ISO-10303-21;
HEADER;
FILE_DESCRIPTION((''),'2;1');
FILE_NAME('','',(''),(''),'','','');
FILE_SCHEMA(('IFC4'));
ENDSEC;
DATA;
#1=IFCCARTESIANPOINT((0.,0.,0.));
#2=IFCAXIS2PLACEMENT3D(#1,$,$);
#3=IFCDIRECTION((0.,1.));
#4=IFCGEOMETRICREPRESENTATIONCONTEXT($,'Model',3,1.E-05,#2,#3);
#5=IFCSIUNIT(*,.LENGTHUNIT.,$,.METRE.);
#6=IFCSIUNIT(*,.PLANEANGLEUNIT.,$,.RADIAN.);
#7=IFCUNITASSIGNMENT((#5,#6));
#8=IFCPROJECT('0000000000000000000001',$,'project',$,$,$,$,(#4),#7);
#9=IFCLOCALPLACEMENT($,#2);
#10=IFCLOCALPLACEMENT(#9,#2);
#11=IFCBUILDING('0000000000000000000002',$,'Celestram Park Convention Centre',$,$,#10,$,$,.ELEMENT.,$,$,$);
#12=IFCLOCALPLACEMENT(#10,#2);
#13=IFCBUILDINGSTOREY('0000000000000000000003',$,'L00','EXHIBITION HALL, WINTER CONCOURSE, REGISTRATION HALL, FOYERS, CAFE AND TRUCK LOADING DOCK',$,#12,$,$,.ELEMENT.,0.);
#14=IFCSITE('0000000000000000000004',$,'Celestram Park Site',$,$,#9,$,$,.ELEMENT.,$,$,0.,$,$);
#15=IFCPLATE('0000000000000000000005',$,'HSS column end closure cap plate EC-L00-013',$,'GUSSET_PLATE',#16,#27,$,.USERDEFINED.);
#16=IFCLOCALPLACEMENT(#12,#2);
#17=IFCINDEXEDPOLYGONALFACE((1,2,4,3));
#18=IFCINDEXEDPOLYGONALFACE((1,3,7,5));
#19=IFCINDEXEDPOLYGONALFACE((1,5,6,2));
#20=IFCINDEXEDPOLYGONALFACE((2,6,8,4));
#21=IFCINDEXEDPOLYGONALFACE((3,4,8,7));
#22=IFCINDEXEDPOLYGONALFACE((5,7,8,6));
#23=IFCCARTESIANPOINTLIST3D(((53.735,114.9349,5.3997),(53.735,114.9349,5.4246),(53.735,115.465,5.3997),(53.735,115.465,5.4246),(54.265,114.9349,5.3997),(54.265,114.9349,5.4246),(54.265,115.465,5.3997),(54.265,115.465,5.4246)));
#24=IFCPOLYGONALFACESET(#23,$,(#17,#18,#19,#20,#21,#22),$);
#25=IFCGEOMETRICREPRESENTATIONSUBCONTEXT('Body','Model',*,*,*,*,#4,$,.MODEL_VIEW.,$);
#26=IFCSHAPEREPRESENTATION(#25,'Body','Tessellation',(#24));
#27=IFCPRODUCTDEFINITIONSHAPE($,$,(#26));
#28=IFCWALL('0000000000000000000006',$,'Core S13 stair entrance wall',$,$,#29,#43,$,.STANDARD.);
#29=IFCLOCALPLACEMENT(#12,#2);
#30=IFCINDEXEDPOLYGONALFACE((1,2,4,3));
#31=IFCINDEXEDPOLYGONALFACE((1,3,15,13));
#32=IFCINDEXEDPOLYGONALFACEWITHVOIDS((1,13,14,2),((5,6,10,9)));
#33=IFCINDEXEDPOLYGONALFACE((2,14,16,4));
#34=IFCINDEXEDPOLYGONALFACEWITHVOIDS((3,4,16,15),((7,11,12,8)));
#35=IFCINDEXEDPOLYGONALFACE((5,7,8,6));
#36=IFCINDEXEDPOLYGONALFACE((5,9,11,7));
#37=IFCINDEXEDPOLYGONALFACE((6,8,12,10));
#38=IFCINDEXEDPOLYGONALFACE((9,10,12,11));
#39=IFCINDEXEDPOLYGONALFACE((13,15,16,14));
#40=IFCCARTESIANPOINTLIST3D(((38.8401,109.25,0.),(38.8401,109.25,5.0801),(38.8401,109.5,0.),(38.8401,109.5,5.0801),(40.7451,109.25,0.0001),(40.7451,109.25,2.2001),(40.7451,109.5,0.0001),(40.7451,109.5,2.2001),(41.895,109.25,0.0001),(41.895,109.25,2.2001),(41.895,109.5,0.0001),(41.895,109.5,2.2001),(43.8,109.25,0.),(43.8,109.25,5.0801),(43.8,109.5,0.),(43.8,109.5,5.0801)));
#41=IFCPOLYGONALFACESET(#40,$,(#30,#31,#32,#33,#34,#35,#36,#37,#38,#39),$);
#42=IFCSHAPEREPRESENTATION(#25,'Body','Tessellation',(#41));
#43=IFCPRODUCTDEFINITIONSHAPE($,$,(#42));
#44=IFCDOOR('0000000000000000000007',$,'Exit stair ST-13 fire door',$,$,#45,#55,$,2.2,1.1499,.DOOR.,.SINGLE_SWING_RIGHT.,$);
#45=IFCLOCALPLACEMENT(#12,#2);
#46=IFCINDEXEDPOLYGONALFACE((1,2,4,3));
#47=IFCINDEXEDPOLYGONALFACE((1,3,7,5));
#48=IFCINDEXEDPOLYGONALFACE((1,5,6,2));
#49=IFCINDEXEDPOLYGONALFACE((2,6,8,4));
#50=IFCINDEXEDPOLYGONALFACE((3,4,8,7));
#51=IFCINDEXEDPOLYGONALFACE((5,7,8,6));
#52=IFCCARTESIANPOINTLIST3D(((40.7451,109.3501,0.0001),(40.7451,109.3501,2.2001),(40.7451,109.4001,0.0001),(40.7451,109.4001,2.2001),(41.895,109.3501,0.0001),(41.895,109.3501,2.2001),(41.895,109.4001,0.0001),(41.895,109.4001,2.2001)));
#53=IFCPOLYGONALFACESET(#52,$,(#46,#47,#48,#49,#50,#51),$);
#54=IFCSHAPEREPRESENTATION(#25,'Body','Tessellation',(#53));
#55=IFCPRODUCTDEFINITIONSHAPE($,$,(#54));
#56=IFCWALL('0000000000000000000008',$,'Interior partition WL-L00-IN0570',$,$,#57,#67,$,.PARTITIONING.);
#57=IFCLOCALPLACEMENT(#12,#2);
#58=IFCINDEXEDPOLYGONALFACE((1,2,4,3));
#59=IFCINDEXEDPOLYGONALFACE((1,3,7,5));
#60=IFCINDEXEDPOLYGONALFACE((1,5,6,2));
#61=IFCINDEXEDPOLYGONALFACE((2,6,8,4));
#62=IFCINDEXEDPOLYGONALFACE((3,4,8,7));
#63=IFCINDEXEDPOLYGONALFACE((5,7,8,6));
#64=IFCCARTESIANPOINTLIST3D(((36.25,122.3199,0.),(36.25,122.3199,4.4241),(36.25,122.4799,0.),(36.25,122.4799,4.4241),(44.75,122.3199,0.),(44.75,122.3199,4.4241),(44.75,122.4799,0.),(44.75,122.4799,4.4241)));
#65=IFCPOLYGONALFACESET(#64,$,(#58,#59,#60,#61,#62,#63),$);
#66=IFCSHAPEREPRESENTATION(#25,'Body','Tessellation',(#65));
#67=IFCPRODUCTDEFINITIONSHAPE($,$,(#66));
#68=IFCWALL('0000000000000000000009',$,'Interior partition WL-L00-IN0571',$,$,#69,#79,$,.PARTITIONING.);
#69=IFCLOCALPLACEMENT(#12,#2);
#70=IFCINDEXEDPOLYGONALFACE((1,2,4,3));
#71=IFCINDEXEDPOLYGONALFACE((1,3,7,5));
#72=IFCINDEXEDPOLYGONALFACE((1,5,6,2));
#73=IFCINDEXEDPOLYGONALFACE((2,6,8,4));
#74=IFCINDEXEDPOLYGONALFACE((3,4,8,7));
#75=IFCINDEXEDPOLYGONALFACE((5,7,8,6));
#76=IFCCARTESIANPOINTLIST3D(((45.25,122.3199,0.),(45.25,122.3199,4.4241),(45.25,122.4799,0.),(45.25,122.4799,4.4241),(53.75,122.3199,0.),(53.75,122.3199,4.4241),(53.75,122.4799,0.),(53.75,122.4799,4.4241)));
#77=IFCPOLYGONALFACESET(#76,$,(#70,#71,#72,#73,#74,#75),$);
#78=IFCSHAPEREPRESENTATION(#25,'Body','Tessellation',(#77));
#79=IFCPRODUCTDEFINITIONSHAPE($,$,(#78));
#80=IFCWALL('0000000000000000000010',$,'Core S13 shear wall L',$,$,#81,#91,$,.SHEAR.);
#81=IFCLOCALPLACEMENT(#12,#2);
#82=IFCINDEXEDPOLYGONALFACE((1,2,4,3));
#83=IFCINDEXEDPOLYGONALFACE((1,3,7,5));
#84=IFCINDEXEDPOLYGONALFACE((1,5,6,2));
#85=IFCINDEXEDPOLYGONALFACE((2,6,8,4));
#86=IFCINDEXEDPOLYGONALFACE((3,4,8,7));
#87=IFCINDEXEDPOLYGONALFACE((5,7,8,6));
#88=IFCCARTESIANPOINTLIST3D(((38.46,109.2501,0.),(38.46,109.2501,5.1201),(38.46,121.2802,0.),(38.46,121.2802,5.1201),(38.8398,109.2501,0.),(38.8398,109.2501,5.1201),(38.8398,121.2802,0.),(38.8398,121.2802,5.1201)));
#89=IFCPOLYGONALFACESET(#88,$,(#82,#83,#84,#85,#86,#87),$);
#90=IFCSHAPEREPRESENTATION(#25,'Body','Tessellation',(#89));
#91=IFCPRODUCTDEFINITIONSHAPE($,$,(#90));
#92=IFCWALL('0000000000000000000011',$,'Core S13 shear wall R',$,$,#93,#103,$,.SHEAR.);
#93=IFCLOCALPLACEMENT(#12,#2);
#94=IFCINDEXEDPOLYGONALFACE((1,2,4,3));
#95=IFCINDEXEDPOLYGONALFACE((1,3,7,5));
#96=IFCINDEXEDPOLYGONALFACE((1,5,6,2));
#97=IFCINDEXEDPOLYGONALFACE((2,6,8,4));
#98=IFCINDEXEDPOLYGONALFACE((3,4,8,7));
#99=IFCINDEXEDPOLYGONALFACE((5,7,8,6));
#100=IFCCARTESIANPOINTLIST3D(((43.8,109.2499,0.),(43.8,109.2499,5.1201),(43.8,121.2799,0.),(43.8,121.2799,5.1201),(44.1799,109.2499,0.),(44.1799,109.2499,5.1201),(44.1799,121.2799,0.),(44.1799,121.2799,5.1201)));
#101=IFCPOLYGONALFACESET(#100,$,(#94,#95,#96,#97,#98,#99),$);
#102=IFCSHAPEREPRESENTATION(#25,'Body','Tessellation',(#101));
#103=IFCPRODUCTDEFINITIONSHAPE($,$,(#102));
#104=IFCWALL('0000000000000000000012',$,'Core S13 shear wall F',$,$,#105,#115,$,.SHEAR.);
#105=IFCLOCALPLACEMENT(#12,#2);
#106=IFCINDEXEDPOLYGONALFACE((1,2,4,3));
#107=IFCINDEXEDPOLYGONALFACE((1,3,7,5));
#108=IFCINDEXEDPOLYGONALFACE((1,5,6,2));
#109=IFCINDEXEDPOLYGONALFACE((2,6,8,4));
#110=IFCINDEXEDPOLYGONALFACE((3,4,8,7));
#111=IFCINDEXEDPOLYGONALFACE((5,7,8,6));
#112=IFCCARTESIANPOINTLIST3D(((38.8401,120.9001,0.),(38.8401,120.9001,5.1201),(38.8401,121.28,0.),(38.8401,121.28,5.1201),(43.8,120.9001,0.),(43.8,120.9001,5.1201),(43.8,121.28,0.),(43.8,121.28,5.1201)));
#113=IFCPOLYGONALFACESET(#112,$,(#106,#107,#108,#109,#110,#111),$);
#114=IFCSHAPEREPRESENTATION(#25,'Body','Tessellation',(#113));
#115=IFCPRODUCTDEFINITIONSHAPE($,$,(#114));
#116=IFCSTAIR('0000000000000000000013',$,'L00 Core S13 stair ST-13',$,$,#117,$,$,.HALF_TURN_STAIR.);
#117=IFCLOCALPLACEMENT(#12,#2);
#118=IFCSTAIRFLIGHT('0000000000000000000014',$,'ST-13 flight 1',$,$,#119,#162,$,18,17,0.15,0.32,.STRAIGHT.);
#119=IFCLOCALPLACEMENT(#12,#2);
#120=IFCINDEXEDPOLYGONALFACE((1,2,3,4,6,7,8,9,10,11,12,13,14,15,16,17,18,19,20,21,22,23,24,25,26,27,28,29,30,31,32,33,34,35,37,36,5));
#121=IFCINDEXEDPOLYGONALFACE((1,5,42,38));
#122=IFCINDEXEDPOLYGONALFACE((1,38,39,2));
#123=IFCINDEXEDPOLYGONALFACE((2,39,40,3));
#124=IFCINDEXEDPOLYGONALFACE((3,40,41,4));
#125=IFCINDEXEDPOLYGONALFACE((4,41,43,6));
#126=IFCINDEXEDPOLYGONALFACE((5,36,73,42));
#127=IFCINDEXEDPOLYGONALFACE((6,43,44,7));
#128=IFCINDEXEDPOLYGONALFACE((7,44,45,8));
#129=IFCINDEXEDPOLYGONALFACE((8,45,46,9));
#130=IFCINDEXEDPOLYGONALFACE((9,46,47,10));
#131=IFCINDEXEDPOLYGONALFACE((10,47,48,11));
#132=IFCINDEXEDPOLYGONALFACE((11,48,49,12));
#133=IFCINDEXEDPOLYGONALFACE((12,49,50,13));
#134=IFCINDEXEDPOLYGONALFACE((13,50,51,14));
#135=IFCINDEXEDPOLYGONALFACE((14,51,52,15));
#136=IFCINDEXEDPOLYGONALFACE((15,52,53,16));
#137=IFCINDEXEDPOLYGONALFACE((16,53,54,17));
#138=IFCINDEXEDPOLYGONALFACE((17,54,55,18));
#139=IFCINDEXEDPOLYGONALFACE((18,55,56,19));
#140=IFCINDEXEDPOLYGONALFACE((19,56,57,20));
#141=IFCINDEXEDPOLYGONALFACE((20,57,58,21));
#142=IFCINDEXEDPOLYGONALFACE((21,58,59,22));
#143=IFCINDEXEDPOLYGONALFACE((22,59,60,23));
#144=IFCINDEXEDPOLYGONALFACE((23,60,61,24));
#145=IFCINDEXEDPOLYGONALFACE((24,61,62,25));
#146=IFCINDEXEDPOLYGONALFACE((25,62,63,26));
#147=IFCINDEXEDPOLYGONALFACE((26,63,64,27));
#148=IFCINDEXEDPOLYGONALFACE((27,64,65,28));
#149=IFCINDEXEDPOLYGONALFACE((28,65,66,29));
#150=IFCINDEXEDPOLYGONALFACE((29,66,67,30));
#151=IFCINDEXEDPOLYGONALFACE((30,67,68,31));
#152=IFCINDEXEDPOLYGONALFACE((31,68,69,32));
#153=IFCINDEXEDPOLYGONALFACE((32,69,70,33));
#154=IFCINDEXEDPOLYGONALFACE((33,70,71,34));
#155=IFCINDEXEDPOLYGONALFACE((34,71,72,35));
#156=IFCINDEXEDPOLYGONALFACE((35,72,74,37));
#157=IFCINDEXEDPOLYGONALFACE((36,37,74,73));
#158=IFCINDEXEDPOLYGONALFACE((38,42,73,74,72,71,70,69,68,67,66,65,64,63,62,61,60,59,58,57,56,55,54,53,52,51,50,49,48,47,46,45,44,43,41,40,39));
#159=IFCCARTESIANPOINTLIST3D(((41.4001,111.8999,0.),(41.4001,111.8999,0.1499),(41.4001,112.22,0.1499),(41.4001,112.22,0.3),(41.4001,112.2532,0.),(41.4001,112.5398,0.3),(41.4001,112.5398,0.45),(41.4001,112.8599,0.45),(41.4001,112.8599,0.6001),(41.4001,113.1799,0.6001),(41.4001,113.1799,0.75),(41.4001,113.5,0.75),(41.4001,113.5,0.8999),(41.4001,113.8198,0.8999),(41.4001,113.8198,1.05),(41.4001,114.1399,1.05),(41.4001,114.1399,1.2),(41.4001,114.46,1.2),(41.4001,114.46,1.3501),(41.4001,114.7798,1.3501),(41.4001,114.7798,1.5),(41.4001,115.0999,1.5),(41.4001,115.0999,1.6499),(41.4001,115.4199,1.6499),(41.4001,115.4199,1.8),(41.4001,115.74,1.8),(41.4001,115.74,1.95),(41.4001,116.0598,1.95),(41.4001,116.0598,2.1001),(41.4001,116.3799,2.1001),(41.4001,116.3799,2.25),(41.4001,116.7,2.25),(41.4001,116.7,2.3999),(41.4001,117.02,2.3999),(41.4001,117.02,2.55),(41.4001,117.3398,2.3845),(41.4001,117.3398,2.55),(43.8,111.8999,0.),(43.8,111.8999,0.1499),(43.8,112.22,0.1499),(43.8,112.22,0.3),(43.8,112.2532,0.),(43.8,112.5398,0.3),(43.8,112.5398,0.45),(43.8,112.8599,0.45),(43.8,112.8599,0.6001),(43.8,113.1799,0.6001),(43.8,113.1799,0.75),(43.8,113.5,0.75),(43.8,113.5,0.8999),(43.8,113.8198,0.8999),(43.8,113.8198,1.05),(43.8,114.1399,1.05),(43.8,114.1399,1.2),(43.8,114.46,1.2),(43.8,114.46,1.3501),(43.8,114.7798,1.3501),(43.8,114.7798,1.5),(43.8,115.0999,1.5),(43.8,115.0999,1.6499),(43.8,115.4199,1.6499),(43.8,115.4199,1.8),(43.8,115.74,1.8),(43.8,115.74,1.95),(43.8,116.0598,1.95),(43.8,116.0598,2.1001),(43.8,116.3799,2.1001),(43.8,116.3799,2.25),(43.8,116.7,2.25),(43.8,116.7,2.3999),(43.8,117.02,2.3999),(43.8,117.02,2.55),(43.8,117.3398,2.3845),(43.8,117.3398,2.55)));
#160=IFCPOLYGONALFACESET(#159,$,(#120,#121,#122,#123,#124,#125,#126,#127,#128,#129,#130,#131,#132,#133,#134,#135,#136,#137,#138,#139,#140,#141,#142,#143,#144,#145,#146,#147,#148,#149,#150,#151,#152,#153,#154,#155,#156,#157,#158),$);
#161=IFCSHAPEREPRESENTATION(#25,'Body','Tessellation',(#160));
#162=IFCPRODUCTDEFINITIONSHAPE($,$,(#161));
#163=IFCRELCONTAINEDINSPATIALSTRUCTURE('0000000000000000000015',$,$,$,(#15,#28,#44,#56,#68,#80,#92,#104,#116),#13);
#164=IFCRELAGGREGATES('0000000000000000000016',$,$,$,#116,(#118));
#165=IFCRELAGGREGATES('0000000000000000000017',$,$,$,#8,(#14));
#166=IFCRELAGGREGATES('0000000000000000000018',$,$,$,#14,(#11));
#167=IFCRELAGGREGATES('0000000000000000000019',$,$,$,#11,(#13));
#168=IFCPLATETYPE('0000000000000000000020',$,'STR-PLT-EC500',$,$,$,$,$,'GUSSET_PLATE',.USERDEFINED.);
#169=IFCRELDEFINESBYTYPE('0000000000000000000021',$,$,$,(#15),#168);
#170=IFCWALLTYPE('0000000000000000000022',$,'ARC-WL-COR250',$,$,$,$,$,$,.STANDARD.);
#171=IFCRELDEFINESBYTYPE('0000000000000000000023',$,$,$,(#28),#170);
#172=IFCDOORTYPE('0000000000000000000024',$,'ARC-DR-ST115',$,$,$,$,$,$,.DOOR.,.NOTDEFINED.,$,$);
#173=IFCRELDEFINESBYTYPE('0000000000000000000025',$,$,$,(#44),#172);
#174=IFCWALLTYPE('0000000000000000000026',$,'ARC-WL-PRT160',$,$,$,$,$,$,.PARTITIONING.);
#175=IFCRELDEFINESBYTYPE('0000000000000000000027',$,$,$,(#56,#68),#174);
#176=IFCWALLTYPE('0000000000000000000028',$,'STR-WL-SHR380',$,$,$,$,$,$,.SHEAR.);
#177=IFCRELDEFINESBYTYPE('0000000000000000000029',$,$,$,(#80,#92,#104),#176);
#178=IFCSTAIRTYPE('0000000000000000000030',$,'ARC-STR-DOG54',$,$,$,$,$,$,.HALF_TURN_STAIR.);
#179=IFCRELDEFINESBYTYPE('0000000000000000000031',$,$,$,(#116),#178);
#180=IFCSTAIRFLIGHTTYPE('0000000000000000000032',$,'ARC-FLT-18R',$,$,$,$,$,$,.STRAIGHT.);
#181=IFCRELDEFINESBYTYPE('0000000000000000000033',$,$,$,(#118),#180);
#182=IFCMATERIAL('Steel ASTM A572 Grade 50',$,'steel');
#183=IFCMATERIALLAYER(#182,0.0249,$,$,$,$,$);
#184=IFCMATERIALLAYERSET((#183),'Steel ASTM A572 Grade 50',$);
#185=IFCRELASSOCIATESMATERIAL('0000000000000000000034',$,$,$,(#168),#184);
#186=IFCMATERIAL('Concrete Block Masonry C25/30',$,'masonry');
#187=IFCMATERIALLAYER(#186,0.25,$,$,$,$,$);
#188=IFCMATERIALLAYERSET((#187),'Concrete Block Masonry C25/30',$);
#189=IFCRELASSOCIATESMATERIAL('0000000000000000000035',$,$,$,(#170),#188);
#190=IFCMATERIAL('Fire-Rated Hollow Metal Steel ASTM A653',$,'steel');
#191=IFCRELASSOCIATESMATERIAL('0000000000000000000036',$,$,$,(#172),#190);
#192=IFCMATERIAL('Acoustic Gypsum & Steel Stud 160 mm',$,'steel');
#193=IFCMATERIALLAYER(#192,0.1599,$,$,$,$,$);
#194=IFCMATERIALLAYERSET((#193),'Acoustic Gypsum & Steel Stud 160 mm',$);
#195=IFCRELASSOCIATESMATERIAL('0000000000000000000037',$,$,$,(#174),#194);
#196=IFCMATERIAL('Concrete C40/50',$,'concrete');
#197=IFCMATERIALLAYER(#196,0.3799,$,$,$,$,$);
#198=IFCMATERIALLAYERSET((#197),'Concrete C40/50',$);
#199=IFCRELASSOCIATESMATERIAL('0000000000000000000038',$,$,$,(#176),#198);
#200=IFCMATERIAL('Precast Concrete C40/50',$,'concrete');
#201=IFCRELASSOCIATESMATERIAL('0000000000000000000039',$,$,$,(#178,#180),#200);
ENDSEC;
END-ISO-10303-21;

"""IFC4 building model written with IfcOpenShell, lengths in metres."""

from ifc_helpers import new_model, si_unit, direction, frame, frame_2d, origin, origin_2d, place, context, subcontext, project, spatial, polyline, rectangle, outline, extrude, material, layer, layer_set, type_object, element, fill, aggregate, save


model = new_model("IFC4")

# Units and contexts
model_context = context("Model", 3, precision=1e-05, world=origin(), true_north=direction((0.0, 1.0)))
body_context = subcontext(model_context, "Body", "Model", "MODEL_VIEW")
ifc_project = project(units=[si_unit("LENGTHUNIT", "METRE"), si_unit("PLANEANGLEUNIT", "RADIAN")], contexts=[model_context])

# Site, building, storey
site_placement = place(None, origin())
site = spatial("IfcSite", under=ifc_project, at=site_placement, Name="Celestram Park Site", CompositionType="ELEMENT", RefElevation=0.0)
building_placement = place(site_placement, origin())
building = spatial("IfcBuilding", under=site, at=building_placement, Name="Celestram Park Convention Centre", CompositionType="ELEMENT")
storey_placement = place(building_placement, origin())
storey = spatial("IfcBuildingStorey", under=building, at=storey_placement, Name="L00", Description="EXHIBITION HALL, WINTER CONCOURSE, REGISTRATION HALL, FOYERS, CAFE AND TRUCK LOADING DOCK", CompositionType="ELEMENT", Elevation=0.0)

# Plate
ifc_material_1 = material(Name="Steel ASTM A572 Grade 50", Category="steel")
ifc_layer_1 = layer(ifc_material_1, 0.0249)
ifc_layer_set_1 = layer_set([ifc_layer_1], Name="Steel ASTM A572 Grade 50")
plate_type = type_object("IfcPlateType", Name="STR-PLT-EC500", ElementType="GUSSET_PLATE", PredefinedType="USERDEFINED", material=ifc_layer_set_1)
plate_placement = place(storey_placement, frame((54.0, 115.2, 5.3997), z_axis=(0.0, 0.0, 1.0), x_axis=(1.0, 0.0, 0.0)))
element("IfcPlate", 1, at=plate_placement, inside=storey, type_object=plate_type, Name="HSS column end closure cap plate EC-L00-013", ObjectType="GUSSET_PLATE", PredefinedType="USERDEFINED", context=body_context, shape_type="SweptSolid", body=[
    extrude(rectangle(XDim=0.53, YDim=0.53, at=origin_2d()), origin(), (0.0, 0.0, 1.0), 0.0249),
])

# Wall, opening, door
ifc_material_2 = material(Name="Concrete Block Masonry C25/30", Category="masonry")
ifc_layer_2 = layer(ifc_material_2, 0.25)
ifc_layer_set_2 = layer_set([ifc_layer_2], Name="Concrete Block Masonry C25/30")
wall_type_1 = type_object("IfcWallType", Name="ARC-WL-COR250", PredefinedType="STANDARD", material=ifc_layer_set_2)
wall_1_placement = place(storey_placement, frame((43.8, 109.375, 0.0), z_axis=(0.0, 0.0, 1.0), x_axis=(-1.0, 0.0, 0.0)))
wall_1 = element("IfcWall", 2, at=wall_1_placement, inside=storey, type_object=wall_type_1, Name="Core S13 stair entrance wall", PredefinedType="STANDARD", context=body_context, shape_type="SweptSolid", body=[
    extrude(rectangle(XDim=4.96, YDim=0.25, at=frame_2d((2.48, 0.0))), origin(), (0.0, 0.0, 1.0), 5.0801),
])
opening_placement = place(wall_1_placement, frame((1.905, 0.0, 0.0)))
opening = element("IfcOpeningElement", 3, at=opening_placement, cuts=wall_1, PredefinedType="OPENING", context=body_context, shape_type="SweptSolid", body=[
    extrude(rectangle(XDim=1.1499, YDim=2.2, at=frame_2d((0.575, 1.1001))), frame((0.0, 0.135, 0.0), z_axis=(0.0, -1.0, 0.0), x_axis=(1.0, 0.0, 0.0)), (0.0, 0.0, 1.0), 0.27),
])
ifc_material_3 = material(Name="Fire-Rated Hollow Metal Steel ASTM A653", Category="steel")
door_type = type_object("IfcDoorType", Name="ARC-DR-ST115", OperationType="NOTDEFINED", PredefinedType="DOOR", material=ifc_material_3)
door_placement = place(opening_placement, origin())
door = element("IfcDoor", 4, at=door_placement, inside=storey, type_object=door_type, Name="Exit stair ST-13 fire door", OperationType="SINGLE_SWING_RIGHT", OverallHeight=2.2, OverallWidth=1.1499, PredefinedType="DOOR", context=body_context, shape_type="SweptSolid", body=[
    extrude(rectangle(XDim=1.1499, YDim=2.2, at=frame_2d((0.575, 1.1001))), frame((0.0, 0.0249, 0.0), z_axis=(0.0, -1.0, 0.0), x_axis=(1.0, 0.0, 0.0)), (0.0, 0.0, 1.0), 0.05),
])
fill(opening, door)

# Walls
ifc_material_4 = material(Name="Acoustic Gypsum & Steel Stud 160 mm", Category="steel")
ifc_layer_3 = layer(ifc_material_4, 0.1599)
ifc_layer_set_3 = layer_set([ifc_layer_3], Name="Acoustic Gypsum & Steel Stud 160 mm")
wall_type_2 = type_object("IfcWallType", Name="ARC-WL-PRT160", PredefinedType="PARTITIONING", material=ifc_layer_set_3)
for number, where, z_axis, x_axis, name in (
    (5, (36.25, 122.3999, 0.0), (0.0, 0.0, 1.0), (1.0, 0.0, 0.0), "Interior partition WL-L00-IN0570"),
    (6, (45.25, 122.3999, 0.0), (0.0, 0.0, 1.0), (1.0, 0.0, 0.0), "Interior partition WL-L00-IN0571"),
):
    element("IfcWall", number, at=place(storey_placement, frame(where, z_axis=z_axis, x_axis=x_axis)), inside=storey, type_object=wall_type_2, Name=name, PredefinedType="PARTITIONING", context=body_context, shape_type="SweptSolid", body=[
        extrude(rectangle(XDim=8.5, YDim=0.1599, at=frame_2d((4.25, 0.0))), origin(), (0.0, 0.0, 1.0), 4.4241),
    ])
ifc_material_5 = material(Name="Concrete C40/50", Category="concrete")
ifc_layer_4 = layer(ifc_material_5, 0.3799)
ifc_layer_set_4 = layer_set([ifc_layer_4], Name="Concrete C40/50")
wall_type_3 = type_object("IfcWallType", Name="STR-WL-SHR380", PredefinedType="SHEAR", material=ifc_layer_set_4)
for number, where, z_axis, x_axis, name in (
    (7, (38.6499, 109.25, 0.0), (0.0, 0.0, 1.0), (0.0, 1.0, 0.0), "Core S13 shear wall L"),
    (8, (43.99, 121.28, 0.0), (0.0, 0.0, 1.0), (0.0, -1.0, 0.0), "Core S13 shear wall R"),
):
    element("IfcWall", number, at=place(storey_placement, frame(where, z_axis=z_axis, x_axis=x_axis)), inside=storey, type_object=wall_type_3, Name=name, PredefinedType="SHEAR", context=body_context, shape_type="SweptSolid", body=[
        extrude(rectangle(XDim=12.03, YDim=0.3799, at=frame_2d((6.0151, 0.0))), origin(), (0.0, 0.0, 1.0), 5.1201),
    ])
wall_2_placement = place(storey_placement, frame((38.8401, 121.0901, 0.0), z_axis=(0.0, 0.0, 1.0), x_axis=(1.0, 0.0, 0.0)))
element("IfcWall", 9, at=wall_2_placement, inside=storey, type_object=wall_type_3, Name="Core S13 shear wall F", PredefinedType="SHEAR", context=body_context, shape_type="SweptSolid", body=[
    extrude(rectangle(XDim=4.96, YDim=0.3799, at=frame_2d((2.48, 0.0))), origin(), (0.0, 0.0, 1.0), 5.1201),
])

# Stair, stair flight
ifc_material_6 = material(Name="Precast Concrete C40/50", Category="concrete")
stair_type = type_object("IfcStairType", Name="ARC-STR-DOG54", PredefinedType="HALF_TURN_STAIR", material=ifc_material_6)
stair_placement = place(storey_placement, origin())
stair = element("IfcStair", 10, at=stair_placement, inside=storey, type_object=stair_type, Name="L00 Core S13 stair ST-13", PredefinedType="HALF_TURN_STAIR")
stair_flight_type = type_object("IfcStairFlightType", Name="ARC-FLT-18R", PredefinedType="STRAIGHT", material=ifc_material_6)
stair_flight_1_placement = place(storey_placement, frame((42.6001, 111.8999, 0.0), z_axis=(0.0, 0.0, 1.0), x_axis=(0.0, 1.0, 0.0)))
stair_flight_1 = element("IfcStairFlight", 11, at=stair_flight_1_placement, type_object=stair_flight_type, Name="ST-13 flight 1", NumberOfRisers=18, NumberOfTreads=17, PredefinedType="STRAIGHT", RiserHeight=0.15, TreadLength=0.32, context=body_context, shape_type="SweptSolid", body=[
    extrude(outline(polyline([(0.0, 0.0), (0.0, 0.1499), (0.3201, 0.1499), (0.3201, 0.3), (0.6399, 0.3), (0.6399, 0.45), (0.96, 0.45), (0.96, 0.6001), (1.28, 0.6001), (1.28, 0.75), (1.6001, 0.75), (1.6001, 0.8999), (1.9199, 0.8999), (1.9199, 1.05), (2.24, 1.05), (2.24, 1.2), (2.5601, 1.2), (2.5601, 1.3501), (2.8799, 1.3501), (2.8799, 1.5), (3.2, 1.5), (3.2, 1.6499), (3.52, 1.6499), (3.52, 1.8), (3.8401, 1.8), (3.8401, 1.95), (4.1599, 1.95), (4.1599, 2.1001), (4.48, 2.1001), (4.48, 2.25), (4.8, 2.25), (4.8, 2.3999), (5.1201, 2.3999), (5.1201, 2.55), (5.4399, 2.55), (5.4399, 2.7), (5.4399, 2.3845), (0.3533, 0.0), (0.0, 0.0)])), frame((0.0, 1.2, 0.0), z_axis=(0.0, -1.0, 0.0), x_axis=(1.0, 0.0, 0.0)), (0.0, 0.0, 1.0), 2.3999),
])
aggregate(stair, [stair_flight_1])

save(model, "model.ifc")
